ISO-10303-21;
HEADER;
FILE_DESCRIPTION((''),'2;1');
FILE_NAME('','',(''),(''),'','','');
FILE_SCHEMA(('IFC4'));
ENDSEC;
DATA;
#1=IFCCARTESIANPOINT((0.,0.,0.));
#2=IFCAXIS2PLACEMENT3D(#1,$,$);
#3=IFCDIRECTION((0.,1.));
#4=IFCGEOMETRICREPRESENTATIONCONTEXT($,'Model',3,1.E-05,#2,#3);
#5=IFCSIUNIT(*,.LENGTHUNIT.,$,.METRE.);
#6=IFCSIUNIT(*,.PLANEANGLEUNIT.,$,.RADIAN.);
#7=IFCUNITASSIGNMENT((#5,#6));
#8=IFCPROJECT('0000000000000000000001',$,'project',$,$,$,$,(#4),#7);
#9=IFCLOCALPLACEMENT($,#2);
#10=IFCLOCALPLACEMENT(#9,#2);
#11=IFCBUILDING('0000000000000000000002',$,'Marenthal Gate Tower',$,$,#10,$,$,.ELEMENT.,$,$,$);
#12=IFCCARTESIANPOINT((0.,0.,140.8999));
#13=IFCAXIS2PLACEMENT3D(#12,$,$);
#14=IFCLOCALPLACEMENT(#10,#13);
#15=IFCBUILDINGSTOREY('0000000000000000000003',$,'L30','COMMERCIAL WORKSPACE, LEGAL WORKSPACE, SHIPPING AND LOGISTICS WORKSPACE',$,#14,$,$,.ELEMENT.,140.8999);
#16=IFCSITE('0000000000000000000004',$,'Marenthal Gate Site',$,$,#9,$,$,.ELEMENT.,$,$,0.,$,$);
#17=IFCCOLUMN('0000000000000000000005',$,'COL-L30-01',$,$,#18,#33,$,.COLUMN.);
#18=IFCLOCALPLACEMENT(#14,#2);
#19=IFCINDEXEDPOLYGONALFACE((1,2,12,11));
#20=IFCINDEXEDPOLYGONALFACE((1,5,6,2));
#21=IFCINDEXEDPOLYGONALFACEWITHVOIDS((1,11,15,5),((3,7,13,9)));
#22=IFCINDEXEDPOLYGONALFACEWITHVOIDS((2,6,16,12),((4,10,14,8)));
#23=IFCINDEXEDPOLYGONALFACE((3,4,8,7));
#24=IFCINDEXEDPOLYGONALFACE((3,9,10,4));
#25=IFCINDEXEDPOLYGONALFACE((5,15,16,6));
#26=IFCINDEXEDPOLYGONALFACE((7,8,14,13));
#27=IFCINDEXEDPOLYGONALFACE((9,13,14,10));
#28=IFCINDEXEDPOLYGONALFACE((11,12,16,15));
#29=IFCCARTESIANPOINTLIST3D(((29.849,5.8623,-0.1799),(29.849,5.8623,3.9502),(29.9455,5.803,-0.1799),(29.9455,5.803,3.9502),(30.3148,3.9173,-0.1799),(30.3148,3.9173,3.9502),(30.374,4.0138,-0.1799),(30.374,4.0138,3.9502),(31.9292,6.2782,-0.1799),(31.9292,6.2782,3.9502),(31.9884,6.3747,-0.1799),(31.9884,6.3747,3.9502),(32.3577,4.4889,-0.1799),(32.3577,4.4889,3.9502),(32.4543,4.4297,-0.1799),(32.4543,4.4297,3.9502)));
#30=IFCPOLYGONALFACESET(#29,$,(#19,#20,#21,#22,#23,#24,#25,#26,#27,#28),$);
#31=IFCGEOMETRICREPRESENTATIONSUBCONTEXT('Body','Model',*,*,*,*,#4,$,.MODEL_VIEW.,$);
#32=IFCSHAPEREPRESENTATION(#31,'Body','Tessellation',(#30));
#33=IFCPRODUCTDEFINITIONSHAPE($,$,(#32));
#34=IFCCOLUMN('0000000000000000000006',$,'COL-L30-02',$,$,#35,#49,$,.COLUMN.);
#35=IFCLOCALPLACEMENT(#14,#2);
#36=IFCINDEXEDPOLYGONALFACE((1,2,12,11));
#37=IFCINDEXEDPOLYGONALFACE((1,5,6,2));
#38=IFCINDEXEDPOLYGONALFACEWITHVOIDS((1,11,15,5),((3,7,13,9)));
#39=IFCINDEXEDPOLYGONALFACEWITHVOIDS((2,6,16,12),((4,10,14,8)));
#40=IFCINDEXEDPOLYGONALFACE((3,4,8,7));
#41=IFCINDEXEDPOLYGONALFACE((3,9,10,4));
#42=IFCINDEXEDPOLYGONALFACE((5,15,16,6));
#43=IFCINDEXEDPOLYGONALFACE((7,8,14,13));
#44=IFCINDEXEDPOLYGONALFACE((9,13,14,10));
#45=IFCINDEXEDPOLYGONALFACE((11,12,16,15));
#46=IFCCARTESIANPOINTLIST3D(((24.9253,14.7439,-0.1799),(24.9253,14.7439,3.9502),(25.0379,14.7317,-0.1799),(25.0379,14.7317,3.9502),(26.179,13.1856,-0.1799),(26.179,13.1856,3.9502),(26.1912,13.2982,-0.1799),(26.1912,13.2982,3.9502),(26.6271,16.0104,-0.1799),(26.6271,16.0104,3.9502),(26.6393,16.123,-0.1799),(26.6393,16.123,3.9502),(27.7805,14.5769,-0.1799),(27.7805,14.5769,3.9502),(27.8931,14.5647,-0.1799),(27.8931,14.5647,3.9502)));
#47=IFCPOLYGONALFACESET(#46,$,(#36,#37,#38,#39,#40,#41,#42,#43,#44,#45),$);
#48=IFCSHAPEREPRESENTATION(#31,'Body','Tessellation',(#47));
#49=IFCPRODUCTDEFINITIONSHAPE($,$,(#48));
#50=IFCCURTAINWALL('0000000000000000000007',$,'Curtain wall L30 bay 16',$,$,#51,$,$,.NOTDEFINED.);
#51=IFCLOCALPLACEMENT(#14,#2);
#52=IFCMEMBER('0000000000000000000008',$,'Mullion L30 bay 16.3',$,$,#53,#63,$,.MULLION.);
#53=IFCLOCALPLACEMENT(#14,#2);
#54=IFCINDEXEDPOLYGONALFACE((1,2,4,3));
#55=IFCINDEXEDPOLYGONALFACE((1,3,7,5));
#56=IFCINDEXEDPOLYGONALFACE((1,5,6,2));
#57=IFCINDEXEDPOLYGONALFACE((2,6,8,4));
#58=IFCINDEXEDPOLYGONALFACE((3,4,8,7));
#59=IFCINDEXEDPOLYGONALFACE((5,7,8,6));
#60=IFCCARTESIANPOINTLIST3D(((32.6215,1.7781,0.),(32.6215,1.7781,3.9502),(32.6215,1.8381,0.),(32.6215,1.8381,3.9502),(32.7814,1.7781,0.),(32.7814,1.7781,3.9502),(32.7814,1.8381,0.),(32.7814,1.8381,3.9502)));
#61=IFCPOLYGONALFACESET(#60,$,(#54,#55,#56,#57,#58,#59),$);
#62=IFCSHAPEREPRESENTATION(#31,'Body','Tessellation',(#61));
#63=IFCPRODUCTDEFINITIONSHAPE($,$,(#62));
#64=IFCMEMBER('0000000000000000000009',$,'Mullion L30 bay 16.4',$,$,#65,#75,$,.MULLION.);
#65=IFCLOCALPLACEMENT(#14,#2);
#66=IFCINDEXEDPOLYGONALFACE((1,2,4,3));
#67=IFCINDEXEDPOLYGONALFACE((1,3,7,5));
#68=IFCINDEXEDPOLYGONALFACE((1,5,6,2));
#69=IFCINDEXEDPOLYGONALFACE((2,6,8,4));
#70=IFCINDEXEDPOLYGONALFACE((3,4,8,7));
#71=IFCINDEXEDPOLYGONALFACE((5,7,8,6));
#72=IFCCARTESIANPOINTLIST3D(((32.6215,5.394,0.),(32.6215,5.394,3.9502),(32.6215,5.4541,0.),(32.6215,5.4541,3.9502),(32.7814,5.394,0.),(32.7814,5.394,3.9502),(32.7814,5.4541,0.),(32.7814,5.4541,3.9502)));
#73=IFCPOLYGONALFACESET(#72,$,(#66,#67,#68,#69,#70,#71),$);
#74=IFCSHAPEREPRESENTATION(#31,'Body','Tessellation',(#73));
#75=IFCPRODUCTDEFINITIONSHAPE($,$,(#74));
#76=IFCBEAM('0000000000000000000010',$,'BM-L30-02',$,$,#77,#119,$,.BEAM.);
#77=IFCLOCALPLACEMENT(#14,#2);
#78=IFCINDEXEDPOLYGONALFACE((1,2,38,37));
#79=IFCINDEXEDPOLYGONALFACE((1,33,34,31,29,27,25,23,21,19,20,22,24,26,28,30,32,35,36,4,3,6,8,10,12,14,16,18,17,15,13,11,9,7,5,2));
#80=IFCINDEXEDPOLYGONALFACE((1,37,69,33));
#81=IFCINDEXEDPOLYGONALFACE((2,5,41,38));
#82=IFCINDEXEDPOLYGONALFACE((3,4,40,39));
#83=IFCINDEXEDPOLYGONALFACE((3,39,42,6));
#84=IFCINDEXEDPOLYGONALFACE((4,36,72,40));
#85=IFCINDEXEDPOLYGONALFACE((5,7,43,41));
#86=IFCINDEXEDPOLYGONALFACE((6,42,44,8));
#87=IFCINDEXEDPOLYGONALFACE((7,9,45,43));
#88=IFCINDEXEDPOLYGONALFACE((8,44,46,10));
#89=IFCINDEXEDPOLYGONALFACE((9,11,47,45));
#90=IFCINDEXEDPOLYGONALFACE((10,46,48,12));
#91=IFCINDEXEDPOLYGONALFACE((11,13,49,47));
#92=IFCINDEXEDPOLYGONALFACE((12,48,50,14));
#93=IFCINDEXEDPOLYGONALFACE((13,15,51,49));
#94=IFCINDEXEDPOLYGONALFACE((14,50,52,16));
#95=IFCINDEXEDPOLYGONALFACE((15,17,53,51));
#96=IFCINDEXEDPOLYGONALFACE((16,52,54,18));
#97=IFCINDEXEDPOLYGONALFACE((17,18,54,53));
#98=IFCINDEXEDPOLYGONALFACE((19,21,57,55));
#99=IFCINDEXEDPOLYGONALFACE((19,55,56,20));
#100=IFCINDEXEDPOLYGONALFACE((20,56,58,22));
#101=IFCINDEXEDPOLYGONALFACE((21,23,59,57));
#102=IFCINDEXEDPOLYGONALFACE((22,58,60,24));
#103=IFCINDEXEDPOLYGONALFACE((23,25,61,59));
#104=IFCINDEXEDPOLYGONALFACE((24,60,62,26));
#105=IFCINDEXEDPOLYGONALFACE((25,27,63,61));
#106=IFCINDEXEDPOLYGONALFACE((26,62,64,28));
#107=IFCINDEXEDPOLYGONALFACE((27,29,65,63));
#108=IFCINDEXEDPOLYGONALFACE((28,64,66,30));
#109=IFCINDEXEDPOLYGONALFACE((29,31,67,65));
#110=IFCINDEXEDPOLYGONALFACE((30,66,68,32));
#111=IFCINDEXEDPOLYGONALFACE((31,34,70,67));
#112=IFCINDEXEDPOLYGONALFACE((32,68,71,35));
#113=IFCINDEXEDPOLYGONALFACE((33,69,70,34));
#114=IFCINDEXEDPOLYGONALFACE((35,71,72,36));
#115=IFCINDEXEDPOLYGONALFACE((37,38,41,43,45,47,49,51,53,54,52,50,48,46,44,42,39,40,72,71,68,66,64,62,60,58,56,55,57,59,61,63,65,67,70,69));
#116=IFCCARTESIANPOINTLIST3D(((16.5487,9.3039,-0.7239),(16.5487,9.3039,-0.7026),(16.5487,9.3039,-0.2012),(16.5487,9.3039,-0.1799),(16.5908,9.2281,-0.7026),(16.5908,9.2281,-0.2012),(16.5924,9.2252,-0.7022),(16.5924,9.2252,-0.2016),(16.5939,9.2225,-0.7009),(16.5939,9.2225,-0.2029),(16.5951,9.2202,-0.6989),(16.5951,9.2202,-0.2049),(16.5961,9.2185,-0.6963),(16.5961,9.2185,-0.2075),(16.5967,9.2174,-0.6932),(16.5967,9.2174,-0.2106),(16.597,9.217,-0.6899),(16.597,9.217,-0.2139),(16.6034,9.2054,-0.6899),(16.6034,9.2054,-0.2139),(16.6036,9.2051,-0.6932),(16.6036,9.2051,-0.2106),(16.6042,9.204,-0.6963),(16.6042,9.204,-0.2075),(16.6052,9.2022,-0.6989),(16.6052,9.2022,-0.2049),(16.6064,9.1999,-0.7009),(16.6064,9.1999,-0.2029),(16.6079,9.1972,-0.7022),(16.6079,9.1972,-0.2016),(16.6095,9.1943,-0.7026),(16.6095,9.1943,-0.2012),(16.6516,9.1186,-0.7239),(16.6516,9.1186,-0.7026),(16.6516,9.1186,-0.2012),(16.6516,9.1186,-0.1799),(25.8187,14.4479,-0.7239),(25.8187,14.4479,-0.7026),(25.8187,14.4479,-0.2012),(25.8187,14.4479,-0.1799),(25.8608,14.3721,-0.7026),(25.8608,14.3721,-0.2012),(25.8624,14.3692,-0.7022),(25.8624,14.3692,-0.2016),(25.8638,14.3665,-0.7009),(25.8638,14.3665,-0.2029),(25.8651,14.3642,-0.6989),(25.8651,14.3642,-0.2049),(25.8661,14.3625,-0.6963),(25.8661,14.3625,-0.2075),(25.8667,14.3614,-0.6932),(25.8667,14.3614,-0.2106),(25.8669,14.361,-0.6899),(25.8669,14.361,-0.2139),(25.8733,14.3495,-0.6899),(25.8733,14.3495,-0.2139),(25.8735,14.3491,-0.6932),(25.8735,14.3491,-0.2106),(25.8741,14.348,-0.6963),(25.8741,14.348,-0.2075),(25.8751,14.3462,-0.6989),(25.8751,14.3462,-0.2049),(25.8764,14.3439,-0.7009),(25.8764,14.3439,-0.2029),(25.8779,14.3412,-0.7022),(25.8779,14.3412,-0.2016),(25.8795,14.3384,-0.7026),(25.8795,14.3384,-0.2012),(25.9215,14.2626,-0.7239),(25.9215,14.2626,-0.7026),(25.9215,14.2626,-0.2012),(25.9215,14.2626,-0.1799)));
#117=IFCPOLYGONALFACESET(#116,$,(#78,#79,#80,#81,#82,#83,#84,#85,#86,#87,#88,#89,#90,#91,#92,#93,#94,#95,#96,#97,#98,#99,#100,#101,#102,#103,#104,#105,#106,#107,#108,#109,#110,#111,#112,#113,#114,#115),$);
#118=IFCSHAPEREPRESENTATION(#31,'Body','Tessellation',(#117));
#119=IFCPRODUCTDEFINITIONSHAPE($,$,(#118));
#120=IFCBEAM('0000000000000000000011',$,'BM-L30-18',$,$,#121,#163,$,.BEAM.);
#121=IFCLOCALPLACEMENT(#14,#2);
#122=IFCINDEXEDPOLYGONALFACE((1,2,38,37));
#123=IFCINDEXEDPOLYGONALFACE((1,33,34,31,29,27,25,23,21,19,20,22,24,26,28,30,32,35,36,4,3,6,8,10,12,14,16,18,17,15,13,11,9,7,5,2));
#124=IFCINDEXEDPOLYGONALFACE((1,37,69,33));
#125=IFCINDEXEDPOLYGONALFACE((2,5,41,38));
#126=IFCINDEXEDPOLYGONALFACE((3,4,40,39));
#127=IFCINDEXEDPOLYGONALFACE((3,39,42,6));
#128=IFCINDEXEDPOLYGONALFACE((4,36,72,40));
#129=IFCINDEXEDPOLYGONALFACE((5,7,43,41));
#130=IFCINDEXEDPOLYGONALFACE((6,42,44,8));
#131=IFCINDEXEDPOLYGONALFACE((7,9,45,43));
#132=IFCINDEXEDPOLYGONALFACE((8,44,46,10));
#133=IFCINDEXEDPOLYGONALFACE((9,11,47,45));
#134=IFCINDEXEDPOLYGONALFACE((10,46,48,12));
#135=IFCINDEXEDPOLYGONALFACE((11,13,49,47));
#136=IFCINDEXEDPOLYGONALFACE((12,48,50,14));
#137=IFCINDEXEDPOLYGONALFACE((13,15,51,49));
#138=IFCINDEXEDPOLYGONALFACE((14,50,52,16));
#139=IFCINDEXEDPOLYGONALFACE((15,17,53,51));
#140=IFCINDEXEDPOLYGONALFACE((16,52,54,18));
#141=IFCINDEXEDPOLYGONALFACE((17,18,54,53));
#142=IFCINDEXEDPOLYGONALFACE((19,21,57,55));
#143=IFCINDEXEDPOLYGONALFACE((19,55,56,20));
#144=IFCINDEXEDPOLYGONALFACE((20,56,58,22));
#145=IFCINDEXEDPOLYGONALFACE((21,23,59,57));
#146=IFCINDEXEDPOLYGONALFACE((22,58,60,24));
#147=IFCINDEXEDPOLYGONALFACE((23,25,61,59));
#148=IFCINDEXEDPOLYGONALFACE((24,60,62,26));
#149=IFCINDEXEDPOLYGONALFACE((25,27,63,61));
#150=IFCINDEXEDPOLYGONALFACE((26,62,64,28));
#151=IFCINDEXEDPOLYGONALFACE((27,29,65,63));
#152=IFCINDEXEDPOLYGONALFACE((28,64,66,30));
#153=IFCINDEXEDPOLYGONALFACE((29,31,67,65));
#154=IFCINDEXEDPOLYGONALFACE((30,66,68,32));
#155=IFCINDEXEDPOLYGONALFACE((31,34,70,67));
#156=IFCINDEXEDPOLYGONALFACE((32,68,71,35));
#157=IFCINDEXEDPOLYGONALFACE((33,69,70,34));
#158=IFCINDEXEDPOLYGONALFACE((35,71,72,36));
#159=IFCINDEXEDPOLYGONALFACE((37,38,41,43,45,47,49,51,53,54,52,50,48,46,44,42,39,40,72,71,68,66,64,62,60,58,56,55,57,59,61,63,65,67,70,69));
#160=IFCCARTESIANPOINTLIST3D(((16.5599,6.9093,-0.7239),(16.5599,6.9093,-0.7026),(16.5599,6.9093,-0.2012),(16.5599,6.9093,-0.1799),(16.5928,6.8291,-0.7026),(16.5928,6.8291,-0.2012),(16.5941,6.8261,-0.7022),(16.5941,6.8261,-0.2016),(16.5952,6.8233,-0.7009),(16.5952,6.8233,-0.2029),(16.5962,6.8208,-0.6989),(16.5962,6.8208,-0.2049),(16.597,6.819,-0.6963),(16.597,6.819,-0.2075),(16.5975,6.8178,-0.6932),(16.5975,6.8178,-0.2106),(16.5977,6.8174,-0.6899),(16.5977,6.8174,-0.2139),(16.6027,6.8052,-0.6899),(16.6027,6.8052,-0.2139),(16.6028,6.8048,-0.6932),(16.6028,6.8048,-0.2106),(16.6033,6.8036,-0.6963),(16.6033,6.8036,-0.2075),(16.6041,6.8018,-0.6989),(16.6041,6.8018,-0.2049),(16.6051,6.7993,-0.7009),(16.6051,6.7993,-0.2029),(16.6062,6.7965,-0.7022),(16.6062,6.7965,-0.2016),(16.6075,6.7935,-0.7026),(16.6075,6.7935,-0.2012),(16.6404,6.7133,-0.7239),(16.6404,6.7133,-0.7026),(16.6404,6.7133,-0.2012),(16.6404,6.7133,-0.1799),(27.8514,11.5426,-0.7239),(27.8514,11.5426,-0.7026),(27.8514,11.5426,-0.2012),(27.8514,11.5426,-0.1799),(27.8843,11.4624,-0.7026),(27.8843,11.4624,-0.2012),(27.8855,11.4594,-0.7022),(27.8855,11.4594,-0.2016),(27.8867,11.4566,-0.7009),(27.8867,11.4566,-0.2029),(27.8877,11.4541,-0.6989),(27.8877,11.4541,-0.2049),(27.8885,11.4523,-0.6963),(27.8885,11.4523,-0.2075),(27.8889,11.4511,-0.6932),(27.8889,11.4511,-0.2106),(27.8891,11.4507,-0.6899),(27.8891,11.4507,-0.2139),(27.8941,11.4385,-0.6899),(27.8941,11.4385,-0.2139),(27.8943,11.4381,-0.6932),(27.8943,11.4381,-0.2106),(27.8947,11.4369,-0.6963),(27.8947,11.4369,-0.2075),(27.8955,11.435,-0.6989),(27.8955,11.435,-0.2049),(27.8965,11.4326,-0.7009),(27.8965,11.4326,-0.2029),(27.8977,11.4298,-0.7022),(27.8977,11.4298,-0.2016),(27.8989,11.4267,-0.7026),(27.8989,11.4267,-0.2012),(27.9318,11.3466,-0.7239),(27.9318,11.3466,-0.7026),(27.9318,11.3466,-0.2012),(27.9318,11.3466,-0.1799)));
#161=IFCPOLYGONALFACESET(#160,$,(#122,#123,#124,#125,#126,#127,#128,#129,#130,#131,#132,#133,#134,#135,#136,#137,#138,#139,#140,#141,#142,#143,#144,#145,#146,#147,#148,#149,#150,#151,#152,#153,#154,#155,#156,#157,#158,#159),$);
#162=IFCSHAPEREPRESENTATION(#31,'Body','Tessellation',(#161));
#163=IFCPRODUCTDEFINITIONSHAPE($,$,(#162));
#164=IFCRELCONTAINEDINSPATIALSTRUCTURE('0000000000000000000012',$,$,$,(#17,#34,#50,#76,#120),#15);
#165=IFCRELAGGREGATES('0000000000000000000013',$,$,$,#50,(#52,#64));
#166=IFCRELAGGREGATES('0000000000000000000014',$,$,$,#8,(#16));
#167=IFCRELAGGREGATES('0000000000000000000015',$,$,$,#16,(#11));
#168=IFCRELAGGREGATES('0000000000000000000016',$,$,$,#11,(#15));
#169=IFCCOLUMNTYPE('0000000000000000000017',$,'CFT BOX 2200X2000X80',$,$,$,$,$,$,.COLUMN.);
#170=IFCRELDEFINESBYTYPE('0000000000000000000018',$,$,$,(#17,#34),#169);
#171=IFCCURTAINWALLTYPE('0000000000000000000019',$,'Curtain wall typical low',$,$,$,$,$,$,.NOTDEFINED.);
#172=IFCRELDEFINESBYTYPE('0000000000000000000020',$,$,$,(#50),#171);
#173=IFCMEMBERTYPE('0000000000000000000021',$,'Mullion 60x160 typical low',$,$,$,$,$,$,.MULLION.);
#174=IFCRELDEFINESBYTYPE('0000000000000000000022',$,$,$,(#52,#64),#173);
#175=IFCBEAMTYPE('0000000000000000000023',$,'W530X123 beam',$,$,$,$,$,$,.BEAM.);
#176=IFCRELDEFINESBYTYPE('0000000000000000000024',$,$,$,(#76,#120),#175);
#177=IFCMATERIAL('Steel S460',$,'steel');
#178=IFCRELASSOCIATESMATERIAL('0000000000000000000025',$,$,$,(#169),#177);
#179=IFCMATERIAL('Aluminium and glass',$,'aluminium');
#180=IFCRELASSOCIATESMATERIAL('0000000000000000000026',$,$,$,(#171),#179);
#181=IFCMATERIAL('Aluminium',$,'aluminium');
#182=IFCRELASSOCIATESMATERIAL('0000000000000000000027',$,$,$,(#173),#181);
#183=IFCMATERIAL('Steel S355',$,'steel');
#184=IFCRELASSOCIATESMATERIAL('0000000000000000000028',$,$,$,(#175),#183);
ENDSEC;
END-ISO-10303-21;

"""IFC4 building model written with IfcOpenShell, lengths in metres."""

from ifc_helpers import new_model, si_unit, direction, frame, origin, origin_2d, place, context, subcontext, project, spatial, rectangle, hollow_rectangle, i_section, extrude, material, material_profile, profile_set, type_object, element, aggregate, save


model = new_model("IFC4")

# Units and contexts
model_context = context("Model", 3, precision=1e-05, world=origin(), true_north=direction((0.0, 1.0)))
body_context = subcontext(model_context, "Body", "Model", "MODEL_VIEW")
ifc_project = project(units=[si_unit("LENGTHUNIT", "METRE"), si_unit("PLANEANGLEUNIT", "RADIAN")], contexts=[model_context])

# Site, building, storey
site_placement = place(None, origin())
site = spatial("IfcSite", under=ifc_project, at=site_placement, Name="Marenthal Gate Site", CompositionType="ELEMENT", RefElevation=0.0)
building_placement = place(site_placement, origin())
building = spatial("IfcBuilding", under=site, at=building_placement, Name="Marenthal Gate Tower", CompositionType="ELEMENT")
storey_placement = place(building_placement, frame((0.0, 0.0, 140.8999)))
storey = spatial("IfcBuildingStorey", under=building, at=storey_placement, Name="L30", Description="COMMERCIAL WORKSPACE, LEGAL WORKSPACE, SHIPPING AND LOGISTICS WORKSPACE", CompositionType="ELEMENT", Elevation=140.8999)

# Columns
ifc_material_1 = material(Name="Steel S460", Category="steel")
ifc_material_profile_1 = material_profile(ifc_material_1, hollow_rectangle(XDim=2.0, YDim=2.2, WallThickness=0.0801, at=origin_2d()), Name="CFT BOX 2200X2000X80")
ifc_material_2 = material(Name="Concrete 70 MPa", Category="concrete")
ifc_material_profile_2 = material_profile(ifc_material_2, rectangle(XDim=1.8401, YDim=2.04, at=origin_2d()), Name="CFT BOX 2200X2000X80 INFILL")
ifc_profile_set_1 = profile_set([ifc_material_profile_1, ifc_material_profile_2], Name="Steel S460 shell, Concrete 70 MPa infill")
column_type = type_object("IfcColumnType", Name="CFT BOX 2200X2000X80", PredefinedType="COLUMN", material=ifc_profile_set_1)
for number, where, z_axis, x_axis, name in (
    (1, (31.1516, 5.146, -0.1799), (0.0, 0.0, 1.0), (0.232933, -0.972493, 0.0), "COL-L30-01"),
    (2, (26.4092, 14.6543, -0.1799), (0.0, 0.0, 1.0), (0.626873, -0.779121, 0.0), "COL-L30-02"),
):
    element("IfcColumn", number, at=place(storey_placement, frame(where, z_axis=z_axis, x_axis=x_axis)), inside=storey, type_object=column_type, Name=name, PredefinedType="COLUMN", context=body_context, shape_type="SweptSolid", body=[
        extrude(hollow_rectangle(XDim=2.0, YDim=2.2, WallThickness=0.0801, at=origin_2d()), origin(), (0.0, 0.0, 1.0), 4.1301),
    ])

# Curtain wall, members
ifc_material_3 = material(Name="Aluminium and glass", Category="aluminium")
curtain_wall_type = type_object("IfcCurtainWallType", Name="Curtain wall typical low", PredefinedType="NOTDEFINED", material=ifc_material_3)
curtain_wall_placement = place(storey_placement, origin())
curtain_wall = element("IfcCurtainWall", 3, at=curtain_wall_placement, inside=storey, type_object=curtain_wall_type, Name="Curtain wall L30 bay 16", PredefinedType="NOTDEFINED")
ifc_material_4 = material(Name="Aluminium", Category="aluminium")
ifc_material_profile_3 = material_profile(ifc_material_4, rectangle(XDim=0.1599, YDim=0.0601, at=origin_2d()), Name="60x160 aluminium mullion")
ifc_profile_set_2 = profile_set([ifc_material_profile_3], Name="Aluminium")
member_type = type_object("IfcMemberType", Name="Mullion 60x160 typical low", PredefinedType="MULLION", material=ifc_profile_set_2)
member_1_placement = place(storey_placement, frame((32.7014, 1.8081, 0.0), z_axis=(0.0, 0.0, 1.0), x_axis=(-1.0, 0.0, 0.0)))
member_1 = element("IfcMember", 4, at=member_1_placement, type_object=member_type, Name="Mullion L30 bay 16.3", PredefinedType="MULLION", context=body_context, shape_type="SweptSolid", body=[
    extrude(rectangle(XDim=0.1599, YDim=0.0601, at=origin_2d()), origin(), (0.0, 0.0, 1.0), 3.9502),
])
member_2_placement = place(storey_placement, frame((32.7014, 5.4241, 0.0), z_axis=(0.0, 0.0, 1.0), x_axis=(-1.0, 0.0, 0.0)))
member_2 = element("IfcMember", 5, at=member_2_placement, type_object=member_type, Name="Mullion L30 bay 16.4", PredefinedType="MULLION", context=body_context, shape_type="SweptSolid", body=[
    extrude(rectangle(XDim=0.1599, YDim=0.0601, at=origin_2d()), origin(), (0.0, 0.0, 1.0), 3.9502),
])

# Beams
ifc_material_5 = material(Name="Steel S355", Category="steel")
ifc_material_profile_4 = material_profile(ifc_material_5, i_section(OverallWidth=0.2119, OverallDepth=0.5439, WebThickness=0.0132, FlangeThickness=0.0212, FilletRadius=0.0127, at=origin_2d()), Name="W530X123")
ifc_profile_set_3 = profile_set([ifc_material_profile_4], Name="Steel S355")
beam_type_1 = type_object("IfcBeamType", Name="W530X123 beam", PredefinedType="BEAM", material=ifc_profile_set_3)
beam_1_placement = place(storey_placement, frame((25.8701, 14.3552, -0.4519), z_axis=(-0.874396, -0.485213, 0.0), x_axis=(0.485213, -0.874396, 0.0)))
element("IfcBeam", 6, at=beam_1_placement, inside=storey, type_object=beam_type_1, Name="BM-L30-02", PredefinedType="BEAM", context=body_context, shape_type="SweptSolid", body=[
    extrude(i_section(OverallWidth=0.2119, OverallDepth=0.5439, WebThickness=0.0132, FlangeThickness=0.0212, FilletRadius=0.0127, at=origin_2d()), origin(), (0.0, 0.0, 1.0), 10.6016),
])
beam_2_placement = place(storey_placement, frame((27.8916, 11.4446, -0.4519), z_axis=(-0.925143, -0.379619, 0.0), x_axis=(0.379619, -0.925143, 0.0)))
element("IfcBeam", 7, at=beam_2_placement, inside=storey, type_object=beam_type_1, Name="BM-L30-18", PredefinedType="BEAM", context=body_context, shape_type="SweptSolid", body=[
    extrude(i_section(OverallWidth=0.2119, OverallDepth=0.5439, WebThickness=0.0132, FlangeThickness=0.0212, FilletRadius=0.0127, at=origin_2d()), origin(), (0.0, 0.0, 1.0), 12.2051),
])

aggregate(curtain_wall, [member_1, member_2])

save(model, "model.ifc")
